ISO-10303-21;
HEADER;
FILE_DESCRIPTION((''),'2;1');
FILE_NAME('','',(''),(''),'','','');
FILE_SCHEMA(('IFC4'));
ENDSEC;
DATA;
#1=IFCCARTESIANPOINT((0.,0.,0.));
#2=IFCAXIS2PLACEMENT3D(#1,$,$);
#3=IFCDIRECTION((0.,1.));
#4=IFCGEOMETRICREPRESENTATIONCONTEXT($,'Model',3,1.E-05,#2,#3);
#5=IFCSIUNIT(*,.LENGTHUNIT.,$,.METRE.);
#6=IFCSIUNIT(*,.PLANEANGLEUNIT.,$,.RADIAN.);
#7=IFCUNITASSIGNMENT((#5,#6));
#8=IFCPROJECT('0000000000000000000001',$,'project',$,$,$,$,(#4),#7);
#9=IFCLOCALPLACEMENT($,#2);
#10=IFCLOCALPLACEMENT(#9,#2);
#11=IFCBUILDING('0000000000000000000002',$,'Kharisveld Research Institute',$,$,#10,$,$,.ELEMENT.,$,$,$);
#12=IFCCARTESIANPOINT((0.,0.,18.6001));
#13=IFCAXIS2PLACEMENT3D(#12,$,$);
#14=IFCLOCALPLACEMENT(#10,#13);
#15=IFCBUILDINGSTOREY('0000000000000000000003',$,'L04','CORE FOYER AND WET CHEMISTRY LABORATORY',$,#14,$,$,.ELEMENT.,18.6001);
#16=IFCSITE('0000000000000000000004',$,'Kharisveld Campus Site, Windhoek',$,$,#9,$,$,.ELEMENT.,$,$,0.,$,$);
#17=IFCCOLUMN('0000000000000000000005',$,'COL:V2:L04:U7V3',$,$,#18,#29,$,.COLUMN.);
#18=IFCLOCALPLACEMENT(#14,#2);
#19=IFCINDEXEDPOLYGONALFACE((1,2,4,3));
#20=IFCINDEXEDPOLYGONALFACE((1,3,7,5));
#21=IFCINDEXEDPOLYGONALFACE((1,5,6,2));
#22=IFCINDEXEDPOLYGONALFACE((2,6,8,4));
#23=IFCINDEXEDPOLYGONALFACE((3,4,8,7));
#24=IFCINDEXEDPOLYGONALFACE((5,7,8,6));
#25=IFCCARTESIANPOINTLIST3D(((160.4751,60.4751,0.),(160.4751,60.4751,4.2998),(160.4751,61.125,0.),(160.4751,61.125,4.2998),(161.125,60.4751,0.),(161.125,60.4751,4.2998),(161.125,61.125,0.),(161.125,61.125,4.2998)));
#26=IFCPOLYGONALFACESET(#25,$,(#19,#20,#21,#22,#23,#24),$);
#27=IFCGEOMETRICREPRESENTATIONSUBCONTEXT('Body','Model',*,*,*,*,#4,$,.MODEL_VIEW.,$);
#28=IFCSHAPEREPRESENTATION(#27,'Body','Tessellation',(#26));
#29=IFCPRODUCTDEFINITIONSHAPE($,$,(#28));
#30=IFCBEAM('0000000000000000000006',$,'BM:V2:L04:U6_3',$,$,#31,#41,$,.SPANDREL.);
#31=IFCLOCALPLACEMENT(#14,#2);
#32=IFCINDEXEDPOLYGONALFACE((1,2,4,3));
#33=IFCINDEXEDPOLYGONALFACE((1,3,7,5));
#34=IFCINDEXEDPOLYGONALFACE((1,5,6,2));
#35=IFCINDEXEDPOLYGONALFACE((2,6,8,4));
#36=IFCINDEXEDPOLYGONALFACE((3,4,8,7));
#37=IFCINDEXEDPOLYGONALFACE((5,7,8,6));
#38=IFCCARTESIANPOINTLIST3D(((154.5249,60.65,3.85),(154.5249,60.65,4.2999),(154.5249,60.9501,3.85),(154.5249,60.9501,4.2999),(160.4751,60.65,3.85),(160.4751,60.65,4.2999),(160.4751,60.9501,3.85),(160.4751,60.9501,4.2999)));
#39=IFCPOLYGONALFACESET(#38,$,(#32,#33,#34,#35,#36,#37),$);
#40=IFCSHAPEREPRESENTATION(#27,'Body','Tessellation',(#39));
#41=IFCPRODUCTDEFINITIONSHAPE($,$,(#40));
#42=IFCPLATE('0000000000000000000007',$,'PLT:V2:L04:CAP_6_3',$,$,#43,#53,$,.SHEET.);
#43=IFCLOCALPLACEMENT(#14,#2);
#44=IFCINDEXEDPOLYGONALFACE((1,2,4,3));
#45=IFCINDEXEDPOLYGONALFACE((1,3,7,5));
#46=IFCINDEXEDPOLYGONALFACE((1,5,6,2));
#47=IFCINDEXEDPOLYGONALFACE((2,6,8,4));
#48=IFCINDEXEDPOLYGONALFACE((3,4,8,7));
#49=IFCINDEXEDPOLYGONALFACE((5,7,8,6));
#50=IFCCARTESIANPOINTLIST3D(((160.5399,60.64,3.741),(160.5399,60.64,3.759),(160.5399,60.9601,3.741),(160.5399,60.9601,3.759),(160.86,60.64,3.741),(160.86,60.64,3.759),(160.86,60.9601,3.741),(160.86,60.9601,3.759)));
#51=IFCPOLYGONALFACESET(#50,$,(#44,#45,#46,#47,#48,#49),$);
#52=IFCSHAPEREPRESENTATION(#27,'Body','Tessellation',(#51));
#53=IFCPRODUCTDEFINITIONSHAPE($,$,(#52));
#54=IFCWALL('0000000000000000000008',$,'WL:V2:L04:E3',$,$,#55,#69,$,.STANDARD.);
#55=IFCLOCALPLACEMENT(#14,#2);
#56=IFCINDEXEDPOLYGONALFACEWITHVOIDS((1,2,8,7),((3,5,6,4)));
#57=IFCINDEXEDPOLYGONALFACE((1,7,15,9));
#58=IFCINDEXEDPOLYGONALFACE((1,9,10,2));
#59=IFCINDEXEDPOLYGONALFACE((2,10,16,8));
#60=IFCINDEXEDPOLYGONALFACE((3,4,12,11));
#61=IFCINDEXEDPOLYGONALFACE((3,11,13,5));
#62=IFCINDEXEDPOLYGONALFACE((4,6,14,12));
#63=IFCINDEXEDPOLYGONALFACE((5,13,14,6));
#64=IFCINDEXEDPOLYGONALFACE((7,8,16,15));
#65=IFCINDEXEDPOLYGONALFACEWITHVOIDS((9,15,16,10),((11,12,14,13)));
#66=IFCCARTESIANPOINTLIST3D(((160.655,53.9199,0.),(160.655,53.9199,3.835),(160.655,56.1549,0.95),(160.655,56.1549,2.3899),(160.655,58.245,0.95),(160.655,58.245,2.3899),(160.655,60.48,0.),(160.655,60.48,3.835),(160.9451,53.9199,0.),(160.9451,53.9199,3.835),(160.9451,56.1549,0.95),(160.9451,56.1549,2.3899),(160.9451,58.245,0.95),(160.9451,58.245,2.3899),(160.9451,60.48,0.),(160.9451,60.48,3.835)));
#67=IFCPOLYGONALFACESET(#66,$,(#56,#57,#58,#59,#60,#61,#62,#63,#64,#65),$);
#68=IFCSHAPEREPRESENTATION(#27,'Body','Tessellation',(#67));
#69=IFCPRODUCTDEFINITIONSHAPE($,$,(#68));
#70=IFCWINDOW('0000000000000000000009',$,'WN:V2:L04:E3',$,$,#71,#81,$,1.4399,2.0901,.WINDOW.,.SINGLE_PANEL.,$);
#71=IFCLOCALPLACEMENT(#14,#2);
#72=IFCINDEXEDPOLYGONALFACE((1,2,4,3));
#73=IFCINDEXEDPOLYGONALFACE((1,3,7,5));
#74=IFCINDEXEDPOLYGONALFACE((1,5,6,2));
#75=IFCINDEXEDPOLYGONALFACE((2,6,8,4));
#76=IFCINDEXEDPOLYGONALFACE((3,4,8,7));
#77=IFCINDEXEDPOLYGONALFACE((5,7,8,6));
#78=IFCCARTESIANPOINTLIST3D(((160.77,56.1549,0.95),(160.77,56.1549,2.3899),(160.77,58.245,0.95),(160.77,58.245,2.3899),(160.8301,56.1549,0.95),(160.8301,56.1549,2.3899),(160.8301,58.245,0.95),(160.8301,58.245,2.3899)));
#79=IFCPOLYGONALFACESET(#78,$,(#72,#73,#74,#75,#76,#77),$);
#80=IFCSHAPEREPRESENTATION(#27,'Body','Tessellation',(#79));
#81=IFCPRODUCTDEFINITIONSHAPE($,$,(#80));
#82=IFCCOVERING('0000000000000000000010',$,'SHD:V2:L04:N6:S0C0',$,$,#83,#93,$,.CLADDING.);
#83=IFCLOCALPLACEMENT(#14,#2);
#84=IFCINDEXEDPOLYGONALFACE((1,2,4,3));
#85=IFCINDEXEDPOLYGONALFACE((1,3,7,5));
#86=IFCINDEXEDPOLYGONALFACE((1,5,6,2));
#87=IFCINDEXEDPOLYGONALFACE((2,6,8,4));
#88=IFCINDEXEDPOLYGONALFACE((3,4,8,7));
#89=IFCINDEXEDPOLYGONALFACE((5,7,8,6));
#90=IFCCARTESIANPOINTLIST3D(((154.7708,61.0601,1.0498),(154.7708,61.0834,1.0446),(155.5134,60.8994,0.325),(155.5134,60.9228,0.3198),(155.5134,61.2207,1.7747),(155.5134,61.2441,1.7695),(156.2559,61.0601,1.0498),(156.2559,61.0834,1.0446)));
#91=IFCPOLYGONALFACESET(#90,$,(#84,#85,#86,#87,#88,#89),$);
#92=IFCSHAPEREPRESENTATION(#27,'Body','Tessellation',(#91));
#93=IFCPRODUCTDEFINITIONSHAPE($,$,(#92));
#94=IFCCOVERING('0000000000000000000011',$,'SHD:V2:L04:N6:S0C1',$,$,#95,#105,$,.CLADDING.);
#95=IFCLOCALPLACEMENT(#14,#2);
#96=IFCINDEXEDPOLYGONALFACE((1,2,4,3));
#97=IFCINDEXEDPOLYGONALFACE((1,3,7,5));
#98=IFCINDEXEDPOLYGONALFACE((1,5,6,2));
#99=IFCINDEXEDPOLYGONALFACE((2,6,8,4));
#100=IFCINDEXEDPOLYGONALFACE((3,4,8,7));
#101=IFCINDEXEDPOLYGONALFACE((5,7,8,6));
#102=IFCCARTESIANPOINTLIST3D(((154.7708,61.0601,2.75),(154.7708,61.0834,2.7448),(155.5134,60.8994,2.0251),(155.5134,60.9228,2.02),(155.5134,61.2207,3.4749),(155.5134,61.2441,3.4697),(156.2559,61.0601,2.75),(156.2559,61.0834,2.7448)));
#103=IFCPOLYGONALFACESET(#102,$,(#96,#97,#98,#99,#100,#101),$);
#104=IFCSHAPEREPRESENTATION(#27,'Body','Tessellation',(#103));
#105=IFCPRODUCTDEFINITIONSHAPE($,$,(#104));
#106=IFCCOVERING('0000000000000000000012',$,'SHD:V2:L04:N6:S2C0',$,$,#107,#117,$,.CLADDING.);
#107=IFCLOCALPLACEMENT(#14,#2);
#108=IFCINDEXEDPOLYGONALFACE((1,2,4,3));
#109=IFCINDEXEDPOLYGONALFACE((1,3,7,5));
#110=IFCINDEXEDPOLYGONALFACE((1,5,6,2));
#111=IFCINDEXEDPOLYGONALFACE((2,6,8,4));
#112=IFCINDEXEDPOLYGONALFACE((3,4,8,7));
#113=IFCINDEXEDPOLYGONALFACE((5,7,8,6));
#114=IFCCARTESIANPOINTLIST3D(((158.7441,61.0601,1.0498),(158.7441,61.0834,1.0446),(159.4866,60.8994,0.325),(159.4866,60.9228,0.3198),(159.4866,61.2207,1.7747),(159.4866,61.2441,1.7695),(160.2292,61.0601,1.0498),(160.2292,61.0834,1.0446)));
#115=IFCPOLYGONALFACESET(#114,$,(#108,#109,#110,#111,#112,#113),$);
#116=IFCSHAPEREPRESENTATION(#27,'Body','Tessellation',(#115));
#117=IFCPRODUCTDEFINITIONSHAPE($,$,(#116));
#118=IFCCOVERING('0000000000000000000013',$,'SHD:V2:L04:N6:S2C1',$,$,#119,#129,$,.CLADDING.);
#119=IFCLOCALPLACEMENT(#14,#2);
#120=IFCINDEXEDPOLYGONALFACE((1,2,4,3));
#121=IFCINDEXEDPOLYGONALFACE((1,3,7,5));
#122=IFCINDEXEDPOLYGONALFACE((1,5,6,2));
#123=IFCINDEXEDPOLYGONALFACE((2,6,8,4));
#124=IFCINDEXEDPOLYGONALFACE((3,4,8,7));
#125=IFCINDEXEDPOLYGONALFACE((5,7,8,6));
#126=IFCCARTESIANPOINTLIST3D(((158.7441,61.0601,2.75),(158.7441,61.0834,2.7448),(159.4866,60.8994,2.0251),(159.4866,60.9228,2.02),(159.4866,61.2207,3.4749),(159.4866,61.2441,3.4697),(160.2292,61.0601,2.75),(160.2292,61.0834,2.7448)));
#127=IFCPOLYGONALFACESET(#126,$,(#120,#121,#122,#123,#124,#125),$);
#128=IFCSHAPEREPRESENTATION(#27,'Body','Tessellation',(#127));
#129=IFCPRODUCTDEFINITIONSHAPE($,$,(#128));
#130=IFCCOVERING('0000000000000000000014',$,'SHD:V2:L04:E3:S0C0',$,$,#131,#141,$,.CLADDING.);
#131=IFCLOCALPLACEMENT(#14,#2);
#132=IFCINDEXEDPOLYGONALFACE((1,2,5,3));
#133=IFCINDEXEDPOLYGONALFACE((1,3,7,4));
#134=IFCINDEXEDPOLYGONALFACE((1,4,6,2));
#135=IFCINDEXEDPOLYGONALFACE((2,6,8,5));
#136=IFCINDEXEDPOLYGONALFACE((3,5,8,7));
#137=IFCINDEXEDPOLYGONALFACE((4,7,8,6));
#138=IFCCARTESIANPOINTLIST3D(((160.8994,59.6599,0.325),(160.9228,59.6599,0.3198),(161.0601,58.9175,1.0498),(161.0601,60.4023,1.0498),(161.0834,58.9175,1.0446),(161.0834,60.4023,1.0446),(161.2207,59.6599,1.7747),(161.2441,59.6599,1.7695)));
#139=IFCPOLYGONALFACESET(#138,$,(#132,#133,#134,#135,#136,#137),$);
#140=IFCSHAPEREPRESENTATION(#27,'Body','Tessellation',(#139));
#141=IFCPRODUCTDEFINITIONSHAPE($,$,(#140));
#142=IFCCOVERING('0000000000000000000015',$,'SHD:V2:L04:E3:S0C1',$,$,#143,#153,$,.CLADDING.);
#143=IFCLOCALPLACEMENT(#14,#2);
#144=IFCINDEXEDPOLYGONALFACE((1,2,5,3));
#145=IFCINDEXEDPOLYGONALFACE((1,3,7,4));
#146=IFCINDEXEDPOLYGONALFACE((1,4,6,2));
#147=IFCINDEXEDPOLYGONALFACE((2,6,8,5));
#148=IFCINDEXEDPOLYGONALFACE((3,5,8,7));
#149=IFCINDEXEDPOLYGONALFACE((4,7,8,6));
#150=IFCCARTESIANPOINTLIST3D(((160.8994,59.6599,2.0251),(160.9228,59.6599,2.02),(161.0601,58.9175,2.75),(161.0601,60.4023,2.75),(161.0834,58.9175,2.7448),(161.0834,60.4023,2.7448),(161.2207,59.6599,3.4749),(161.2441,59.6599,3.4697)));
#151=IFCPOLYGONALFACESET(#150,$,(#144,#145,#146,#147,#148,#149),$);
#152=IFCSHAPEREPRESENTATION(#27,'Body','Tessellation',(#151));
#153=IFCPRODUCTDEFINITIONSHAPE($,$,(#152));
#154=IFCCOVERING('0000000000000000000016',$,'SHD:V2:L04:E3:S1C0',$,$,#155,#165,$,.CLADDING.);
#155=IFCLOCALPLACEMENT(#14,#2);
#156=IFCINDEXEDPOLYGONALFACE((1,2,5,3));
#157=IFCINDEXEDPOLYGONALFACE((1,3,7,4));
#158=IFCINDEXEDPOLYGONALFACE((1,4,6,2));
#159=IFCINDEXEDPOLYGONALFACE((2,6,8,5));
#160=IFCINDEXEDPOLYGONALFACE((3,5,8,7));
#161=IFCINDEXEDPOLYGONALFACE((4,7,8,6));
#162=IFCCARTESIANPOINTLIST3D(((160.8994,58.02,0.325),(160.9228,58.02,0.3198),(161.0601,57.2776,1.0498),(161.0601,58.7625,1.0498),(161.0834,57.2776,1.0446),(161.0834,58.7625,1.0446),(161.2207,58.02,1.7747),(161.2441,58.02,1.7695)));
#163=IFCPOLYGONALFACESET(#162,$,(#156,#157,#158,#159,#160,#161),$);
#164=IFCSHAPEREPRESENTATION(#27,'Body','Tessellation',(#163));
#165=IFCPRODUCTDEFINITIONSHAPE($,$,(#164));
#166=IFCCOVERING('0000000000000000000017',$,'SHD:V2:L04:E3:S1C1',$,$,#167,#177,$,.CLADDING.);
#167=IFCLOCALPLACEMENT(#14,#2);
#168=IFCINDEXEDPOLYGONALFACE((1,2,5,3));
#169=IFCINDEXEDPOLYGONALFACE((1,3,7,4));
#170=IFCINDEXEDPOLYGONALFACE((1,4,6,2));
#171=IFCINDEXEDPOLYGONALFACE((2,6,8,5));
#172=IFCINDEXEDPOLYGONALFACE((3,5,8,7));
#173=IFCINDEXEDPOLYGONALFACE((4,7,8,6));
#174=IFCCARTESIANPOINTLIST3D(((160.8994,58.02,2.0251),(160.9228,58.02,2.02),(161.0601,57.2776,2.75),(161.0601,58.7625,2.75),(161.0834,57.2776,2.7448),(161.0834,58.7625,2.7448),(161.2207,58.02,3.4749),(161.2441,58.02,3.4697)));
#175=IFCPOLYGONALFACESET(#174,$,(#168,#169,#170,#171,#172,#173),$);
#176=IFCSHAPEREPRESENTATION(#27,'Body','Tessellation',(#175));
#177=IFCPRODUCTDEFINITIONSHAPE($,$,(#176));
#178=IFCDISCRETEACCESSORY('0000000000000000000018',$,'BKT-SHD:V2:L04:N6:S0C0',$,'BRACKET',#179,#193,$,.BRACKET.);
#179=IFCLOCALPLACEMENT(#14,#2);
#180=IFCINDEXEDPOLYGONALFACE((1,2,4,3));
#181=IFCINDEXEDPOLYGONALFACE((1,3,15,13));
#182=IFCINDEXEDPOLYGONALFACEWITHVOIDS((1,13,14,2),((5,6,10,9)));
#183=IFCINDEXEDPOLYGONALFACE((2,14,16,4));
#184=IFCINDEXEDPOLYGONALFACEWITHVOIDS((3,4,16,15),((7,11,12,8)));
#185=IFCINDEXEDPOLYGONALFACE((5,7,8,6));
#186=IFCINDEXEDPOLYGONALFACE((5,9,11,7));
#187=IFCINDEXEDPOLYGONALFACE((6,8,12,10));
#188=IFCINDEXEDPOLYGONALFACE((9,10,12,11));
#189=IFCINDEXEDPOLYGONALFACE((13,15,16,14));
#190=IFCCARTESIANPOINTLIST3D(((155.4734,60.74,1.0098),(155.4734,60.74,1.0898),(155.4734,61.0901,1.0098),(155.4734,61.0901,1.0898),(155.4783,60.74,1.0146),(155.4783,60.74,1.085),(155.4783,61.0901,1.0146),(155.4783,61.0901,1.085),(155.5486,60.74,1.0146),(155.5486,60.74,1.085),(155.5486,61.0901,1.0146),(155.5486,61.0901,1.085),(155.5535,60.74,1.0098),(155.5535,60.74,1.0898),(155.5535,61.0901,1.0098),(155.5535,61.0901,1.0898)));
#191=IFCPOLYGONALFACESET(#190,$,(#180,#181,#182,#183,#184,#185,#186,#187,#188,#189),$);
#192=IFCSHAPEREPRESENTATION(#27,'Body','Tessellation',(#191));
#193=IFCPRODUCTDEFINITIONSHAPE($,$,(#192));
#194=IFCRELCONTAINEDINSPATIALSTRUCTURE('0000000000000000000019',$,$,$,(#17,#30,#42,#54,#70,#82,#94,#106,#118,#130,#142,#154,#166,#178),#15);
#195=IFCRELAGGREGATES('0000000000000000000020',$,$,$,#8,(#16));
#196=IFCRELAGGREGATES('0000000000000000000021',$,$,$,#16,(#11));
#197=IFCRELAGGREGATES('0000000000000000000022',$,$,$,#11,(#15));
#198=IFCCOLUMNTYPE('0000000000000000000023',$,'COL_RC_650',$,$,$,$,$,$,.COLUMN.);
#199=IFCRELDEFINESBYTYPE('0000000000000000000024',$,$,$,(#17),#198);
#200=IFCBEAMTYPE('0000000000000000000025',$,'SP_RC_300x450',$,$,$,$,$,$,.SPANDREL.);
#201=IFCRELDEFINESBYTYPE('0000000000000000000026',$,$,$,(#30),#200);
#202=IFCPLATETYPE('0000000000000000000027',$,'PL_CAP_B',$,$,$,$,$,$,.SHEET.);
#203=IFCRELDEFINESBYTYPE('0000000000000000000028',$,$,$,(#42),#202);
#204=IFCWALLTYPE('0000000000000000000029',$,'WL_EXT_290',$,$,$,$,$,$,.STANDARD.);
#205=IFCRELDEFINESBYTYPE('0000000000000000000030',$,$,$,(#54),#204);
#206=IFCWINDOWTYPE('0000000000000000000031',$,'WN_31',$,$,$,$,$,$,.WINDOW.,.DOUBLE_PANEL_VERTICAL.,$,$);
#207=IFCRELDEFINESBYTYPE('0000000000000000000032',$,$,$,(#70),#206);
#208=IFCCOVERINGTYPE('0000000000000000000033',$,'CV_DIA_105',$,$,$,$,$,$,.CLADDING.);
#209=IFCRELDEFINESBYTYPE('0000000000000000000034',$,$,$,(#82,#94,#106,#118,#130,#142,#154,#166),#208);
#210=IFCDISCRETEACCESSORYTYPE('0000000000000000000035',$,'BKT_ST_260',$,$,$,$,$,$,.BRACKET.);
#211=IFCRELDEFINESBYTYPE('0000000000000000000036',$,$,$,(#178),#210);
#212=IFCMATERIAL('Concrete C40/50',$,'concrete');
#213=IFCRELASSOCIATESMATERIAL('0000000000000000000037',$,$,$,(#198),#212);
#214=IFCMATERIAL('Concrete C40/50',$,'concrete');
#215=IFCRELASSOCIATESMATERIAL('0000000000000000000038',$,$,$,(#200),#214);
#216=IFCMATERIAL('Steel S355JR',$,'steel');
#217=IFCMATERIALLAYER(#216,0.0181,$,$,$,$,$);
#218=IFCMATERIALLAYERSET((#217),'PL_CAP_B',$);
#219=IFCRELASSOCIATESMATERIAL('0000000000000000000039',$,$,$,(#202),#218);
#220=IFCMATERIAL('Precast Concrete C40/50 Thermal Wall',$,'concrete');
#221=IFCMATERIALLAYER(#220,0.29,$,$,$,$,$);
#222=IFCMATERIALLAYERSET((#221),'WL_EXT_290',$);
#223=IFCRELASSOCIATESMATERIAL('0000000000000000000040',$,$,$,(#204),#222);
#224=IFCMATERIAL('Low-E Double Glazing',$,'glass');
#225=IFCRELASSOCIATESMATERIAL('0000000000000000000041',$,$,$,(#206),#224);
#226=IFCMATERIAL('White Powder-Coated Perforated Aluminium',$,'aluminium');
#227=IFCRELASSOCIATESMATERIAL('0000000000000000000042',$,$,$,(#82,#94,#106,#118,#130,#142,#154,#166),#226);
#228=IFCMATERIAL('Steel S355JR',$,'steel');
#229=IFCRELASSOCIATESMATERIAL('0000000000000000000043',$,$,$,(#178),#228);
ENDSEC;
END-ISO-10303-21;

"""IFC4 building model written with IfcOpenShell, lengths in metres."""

from ifc_helpers import new_model, si_unit, direction, frame, frame_2d, origin, origin_2d, place, context, subcontext, project, spatial, polyline, rectangle, hollow_rectangle, outline, extrude, material, layer, layer_set, material_profile, profile_set, type_object, element, fill, save


model = new_model("IFC4")

# Units and contexts
model_context = context("Model", 3, precision=1e-05, world=origin(), true_north=direction((0.0, 1.0)))
body_context = subcontext(model_context, "Body", "Model", "MODEL_VIEW")
ifc_project = project(units=[si_unit("LENGTHUNIT", "METRE"), si_unit("PLANEANGLEUNIT", "RADIAN")], contexts=[model_context])

# Site, building, storey
site_placement = place(None, origin())
site = spatial("IfcSite", under=ifc_project, at=site_placement, Name="Kharisveld Campus Site, Windhoek", CompositionType="ELEMENT", RefElevation=0.0)
building_placement = place(site_placement, origin())
building = spatial("IfcBuilding", under=site, at=building_placement, Name="Kharisveld Research Institute", CompositionType="ELEMENT")
storey_placement = place(building_placement, frame((0.0, 0.0, 18.6001)))
storey = spatial("IfcBuildingStorey", under=building, at=storey_placement, Name="L04", Description="CORE FOYER AND WET CHEMISTRY LABORATORY", CompositionType="ELEMENT", Elevation=18.6001)

# Column
ifc_material_1 = material(Name="Concrete C40/50", Category="concrete")
ifc_material_profile_1 = material_profile(ifc_material_1, rectangle(XDim=0.6499, YDim=0.6499, at=origin_2d()))
ifc_profile_set_1 = profile_set([ifc_material_profile_1], Name="Concrete C40/50")
column_type = type_object("IfcColumnType", Name="COL_RC_650", PredefinedType="COLUMN", material=ifc_profile_set_1)
column_placement = place(storey_placement, frame((160.8, 60.8, 0.0), z_axis=(0.0, 0.0, 1.0), x_axis=(1.0, 0.0, 0.0)))
element("IfcColumn", 1, at=column_placement, inside=storey, type_object=column_type, Name="COL:V2:L04:U7V3", PredefinedType="COLUMN", context=body_context, shape_type="SweptSolid", body=[
    extrude(rectangle(XDim=0.6499, YDim=0.6499, at=origin_2d()), origin(), (0.0, 0.0, 1.0), 4.2998),
])

# Beam
ifc_material_2 = material(Name="Concrete C40/50", Category="concrete")
ifc_material_profile_2 = material_profile(ifc_material_2, rectangle(XDim=0.3, YDim=0.45, at=origin_2d()))
ifc_profile_set_2 = profile_set([ifc_material_profile_2], Name="Concrete C40/50")
beam_type = type_object("IfcBeamType", Name="SP_RC_300x450", PredefinedType="SPANDREL", material=ifc_profile_set_2)
beam_placement = place(storey_placement, frame((154.5249, 60.8, 4.075), z_axis=(1.0, 0.0, 0.0), x_axis=(0.0, 1.0, 0.0)))
element("IfcBeam", 2, at=beam_placement, inside=storey, type_object=beam_type, Name="BM:V2:L04:U6_3", PredefinedType="SPANDREL", context=body_context, shape_type="SweptSolid", body=[
    extrude(rectangle(XDim=0.3, YDim=0.45, at=origin_2d()), origin(), (0.0, 0.0, 1.0), 5.9502),
])

# Plate
ifc_material_3 = material(Name="Steel S355JR", Category="steel")
ifc_layer_1 = layer(ifc_material_3, 0.0181)
ifc_layer_set_1 = layer_set([ifc_layer_1], Name="PL_CAP_B")
plate_type = type_object("IfcPlateType", Name="PL_CAP_B", PredefinedType="SHEET", material=ifc_layer_set_1)
plate_placement = place(storey_placement, frame((160.7, 60.8, 3.741), z_axis=(0.0, 0.0, 1.0), x_axis=(1.0, 0.0, 0.0)))
element("IfcPlate", 3, at=plate_placement, inside=storey, type_object=plate_type, Name="PLT:V2:L04:CAP_6_3", PredefinedType="SHEET", context=body_context, shape_type="SweptSolid", body=[
    extrude(rectangle(XDim=0.3201, YDim=0.3201, at=origin_2d()), origin(), (0.0, 0.0, 1.0), 0.0181),
])

# Wall, opening, window
ifc_material_4 = material(Name="Precast Concrete C40/50 Thermal Wall", Category="concrete")
ifc_layer_2 = layer(ifc_material_4, 0.29)
ifc_layer_set_2 = layer_set([ifc_layer_2], Name="WL_EXT_290")
wall_type = type_object("IfcWallType", Name="WL_EXT_290", PredefinedType="STANDARD", material=ifc_layer_set_2)
wall_placement = place(storey_placement, frame((160.8, 60.48, 0.0), z_axis=(0.0, 0.0, 1.0), x_axis=(0.0, -1.0, 0.0)))
wall = element("IfcWall", 4, at=wall_placement, inside=storey, type_object=wall_type, Name="WL:V2:L04:E3", PredefinedType="STANDARD", context=body_context, shape_type="SweptSolid", body=[
    extrude(rectangle(XDim=6.5601, YDim=0.29, at=frame_2d((3.28, 0.0))), origin(), (0.0, 0.0, 1.0), 3.835),
])
opening_placement = place(wall_placement, frame((2.2351, 0.0, 0.95)))
opening = element("IfcOpeningElement", 5, at=opening_placement, cuts=wall, PredefinedType="OPENING", context=body_context, shape_type="SweptSolid", body=[
    extrude(rectangle(XDim=2.0901, YDim=1.4399, at=frame_2d((1.0449, 0.72))), frame((0.0, 0.145, 0.0), z_axis=(0.0, -1.0, 0.0), x_axis=(1.0, 0.0, 0.0)), (0.0, 0.0, 1.0), 0.29),
])
ifc_material_5 = material(Name="Low-E Double Glazing", Category="glass")
window_type = type_object("IfcWindowType", Name="WN_31", PartitioningType="DOUBLE_PANEL_VERTICAL", PredefinedType="WINDOW", material=ifc_material_5)
window_placement = place(opening_placement, origin())
window = element("IfcWindow", 6, at=window_placement, inside=storey, type_object=window_type, Name="WN:V2:L04:E3", OverallHeight=1.4399, OverallWidth=2.0901, PartitioningType="SINGLE_PANEL", PredefinedType="WINDOW", context=body_context, shape_type="SweptSolid", body=[
    extrude(rectangle(XDim=2.0901, YDim=1.4399, at=frame_2d((1.0449, 0.72))), frame((0.0, 0.03, 0.0), z_axis=(0.0, -1.0, 0.0), x_axis=(1.0, 0.0, 0.0)), (0.0, 0.0, 1.0), 0.0601),
])
fill(opening, window)

# Coverings
ifc_material_6 = material(Name="White Powder-Coated Perforated Aluminium", Category="aluminium")
covering_type = type_object("IfcCoveringType", Name="CV_DIA_105", PredefinedType="CLADDING")
for number, where, z_axis, x_axis, name in (
    (7, (155.5134, 60.8994, 0.325), (0.0, -0.976311, 0.216373), (0.707102, 0.153, 0.69036), "SHD:V2:L04:N6:S0C0"),
    (8, (155.5134, 60.8994, 2.0251), (0.0, -0.976311, 0.216373), (0.707102, 0.153, 0.69036), "SHD:V2:L04:N6:S0C1"),
):
    element("IfcCovering", number, at=place(storey_placement, frame(where, z_axis=z_axis, x_axis=x_axis)), inside=storey, type_object=covering_type, material=ifc_material_6, Name=name, PredefinedType="CLADDING", context=body_context, shape_type="SweptSolid", body=[
        extrude(outline(polyline([(0.0, 0.0), (1.05, 0.0), (1.05, 1.05), (-0.0002, 1.0501), (0.0, 0.0)])), origin(), (0.0, 0.0, -1.0), 0.0239),
    ])
for number, where, z_axis, x_axis, name in (
    (9, (159.4866, 60.8994, 0.325), (0.0, -0.976311, 0.216373), (0.707218, 0.152975, 0.690247), "SHD:V2:L04:N6:S2C0"),
    (10, (159.4866, 60.8994, 2.0251), (0.0, -0.976311, 0.216373), (0.707218, 0.152975, 0.690247), "SHD:V2:L04:N6:S2C1"),
):
    element("IfcCovering", number, at=place(storey_placement, frame(where, z_axis=z_axis, x_axis=x_axis)), inside=storey, type_object=covering_type, material=ifc_material_6, Name=name, PredefinedType="CLADDING", context=body_context, shape_type="SweptSolid", body=[
        extrude(outline(polyline([(0.0, 0.0), (1.0501, 0.0), (1.0498, 1.0501), (-0.0002, 1.05), (0.0, 0.0)])), origin(), (0.0, 0.0, -1.0), 0.0239),
    ])
for number, where, z_axis, x_axis, name in (
    (11, (160.8994, 59.6599, 0.325), (-0.976311, 0.0, 0.216373), (0.153, -0.707102, 0.69036), "SHD:V2:L04:E3:S0C0"),
    (12, (160.8994, 59.6599, 2.0251), (-0.976311, 0.0, 0.216373), (0.153, -0.707102, 0.69036), "SHD:V2:L04:E3:S0C1"),
    (13, (160.8994, 58.02, 0.325), (-0.976311, 0.0, 0.216373), (0.153, -0.707102, 0.69036), "SHD:V2:L04:E3:S1C0"),
    (14, (160.8994, 58.02, 2.0251), (-0.976311, 0.0, 0.216373), (0.153, -0.707102, 0.69036), "SHD:V2:L04:E3:S1C1"),
):
    element("IfcCovering", number, at=place(storey_placement, frame(where, z_axis=z_axis, x_axis=x_axis)), inside=storey, type_object=covering_type, material=ifc_material_6, Name=name, PredefinedType="CLADDING", context=body_context, shape_type="SweptSolid", body=[
        extrude(outline(polyline([(0.0, 0.0), (1.05, 0.0), (1.05, 1.05), (0.0, 1.05), (0.0, 0.0)])), origin(), (0.0, 0.0, -1.0), 0.0239),
    ])

# Discrete accessory
ifc_material_7 = material(Name="Steel S355JR", Category="steel")
discrete_accessory_type = type_object("IfcDiscreteAccessoryType", Name="BKT_ST_260", PredefinedType="BRACKET")
for number, where, z_axis, x_axis, name in (
    (15, (155.5134, 60.74, 1.0498), (0.0, 1.0, 0.0), (-1.0, 0.0, 0.0), "BKT-SHD:V2:L04:N6:S0C0"),
):
    element("IfcDiscreteAccessory", number, at=place(storey_placement, frame(where, z_axis=z_axis, x_axis=x_axis)), inside=storey, type_object=discrete_accessory_type, material=ifc_material_7, Name=name, ObjectType="BRACKET", PredefinedType="BRACKET", context=body_context, shape_type="SweptSolid", body=[
        extrude(hollow_rectangle(XDim=0.0801, YDim=0.0801, WallThickness=0.0049, at=origin_2d()), origin(), (0.0, 0.0, 1.0), 0.3501),
    ])

save(model, "model.ifc")
